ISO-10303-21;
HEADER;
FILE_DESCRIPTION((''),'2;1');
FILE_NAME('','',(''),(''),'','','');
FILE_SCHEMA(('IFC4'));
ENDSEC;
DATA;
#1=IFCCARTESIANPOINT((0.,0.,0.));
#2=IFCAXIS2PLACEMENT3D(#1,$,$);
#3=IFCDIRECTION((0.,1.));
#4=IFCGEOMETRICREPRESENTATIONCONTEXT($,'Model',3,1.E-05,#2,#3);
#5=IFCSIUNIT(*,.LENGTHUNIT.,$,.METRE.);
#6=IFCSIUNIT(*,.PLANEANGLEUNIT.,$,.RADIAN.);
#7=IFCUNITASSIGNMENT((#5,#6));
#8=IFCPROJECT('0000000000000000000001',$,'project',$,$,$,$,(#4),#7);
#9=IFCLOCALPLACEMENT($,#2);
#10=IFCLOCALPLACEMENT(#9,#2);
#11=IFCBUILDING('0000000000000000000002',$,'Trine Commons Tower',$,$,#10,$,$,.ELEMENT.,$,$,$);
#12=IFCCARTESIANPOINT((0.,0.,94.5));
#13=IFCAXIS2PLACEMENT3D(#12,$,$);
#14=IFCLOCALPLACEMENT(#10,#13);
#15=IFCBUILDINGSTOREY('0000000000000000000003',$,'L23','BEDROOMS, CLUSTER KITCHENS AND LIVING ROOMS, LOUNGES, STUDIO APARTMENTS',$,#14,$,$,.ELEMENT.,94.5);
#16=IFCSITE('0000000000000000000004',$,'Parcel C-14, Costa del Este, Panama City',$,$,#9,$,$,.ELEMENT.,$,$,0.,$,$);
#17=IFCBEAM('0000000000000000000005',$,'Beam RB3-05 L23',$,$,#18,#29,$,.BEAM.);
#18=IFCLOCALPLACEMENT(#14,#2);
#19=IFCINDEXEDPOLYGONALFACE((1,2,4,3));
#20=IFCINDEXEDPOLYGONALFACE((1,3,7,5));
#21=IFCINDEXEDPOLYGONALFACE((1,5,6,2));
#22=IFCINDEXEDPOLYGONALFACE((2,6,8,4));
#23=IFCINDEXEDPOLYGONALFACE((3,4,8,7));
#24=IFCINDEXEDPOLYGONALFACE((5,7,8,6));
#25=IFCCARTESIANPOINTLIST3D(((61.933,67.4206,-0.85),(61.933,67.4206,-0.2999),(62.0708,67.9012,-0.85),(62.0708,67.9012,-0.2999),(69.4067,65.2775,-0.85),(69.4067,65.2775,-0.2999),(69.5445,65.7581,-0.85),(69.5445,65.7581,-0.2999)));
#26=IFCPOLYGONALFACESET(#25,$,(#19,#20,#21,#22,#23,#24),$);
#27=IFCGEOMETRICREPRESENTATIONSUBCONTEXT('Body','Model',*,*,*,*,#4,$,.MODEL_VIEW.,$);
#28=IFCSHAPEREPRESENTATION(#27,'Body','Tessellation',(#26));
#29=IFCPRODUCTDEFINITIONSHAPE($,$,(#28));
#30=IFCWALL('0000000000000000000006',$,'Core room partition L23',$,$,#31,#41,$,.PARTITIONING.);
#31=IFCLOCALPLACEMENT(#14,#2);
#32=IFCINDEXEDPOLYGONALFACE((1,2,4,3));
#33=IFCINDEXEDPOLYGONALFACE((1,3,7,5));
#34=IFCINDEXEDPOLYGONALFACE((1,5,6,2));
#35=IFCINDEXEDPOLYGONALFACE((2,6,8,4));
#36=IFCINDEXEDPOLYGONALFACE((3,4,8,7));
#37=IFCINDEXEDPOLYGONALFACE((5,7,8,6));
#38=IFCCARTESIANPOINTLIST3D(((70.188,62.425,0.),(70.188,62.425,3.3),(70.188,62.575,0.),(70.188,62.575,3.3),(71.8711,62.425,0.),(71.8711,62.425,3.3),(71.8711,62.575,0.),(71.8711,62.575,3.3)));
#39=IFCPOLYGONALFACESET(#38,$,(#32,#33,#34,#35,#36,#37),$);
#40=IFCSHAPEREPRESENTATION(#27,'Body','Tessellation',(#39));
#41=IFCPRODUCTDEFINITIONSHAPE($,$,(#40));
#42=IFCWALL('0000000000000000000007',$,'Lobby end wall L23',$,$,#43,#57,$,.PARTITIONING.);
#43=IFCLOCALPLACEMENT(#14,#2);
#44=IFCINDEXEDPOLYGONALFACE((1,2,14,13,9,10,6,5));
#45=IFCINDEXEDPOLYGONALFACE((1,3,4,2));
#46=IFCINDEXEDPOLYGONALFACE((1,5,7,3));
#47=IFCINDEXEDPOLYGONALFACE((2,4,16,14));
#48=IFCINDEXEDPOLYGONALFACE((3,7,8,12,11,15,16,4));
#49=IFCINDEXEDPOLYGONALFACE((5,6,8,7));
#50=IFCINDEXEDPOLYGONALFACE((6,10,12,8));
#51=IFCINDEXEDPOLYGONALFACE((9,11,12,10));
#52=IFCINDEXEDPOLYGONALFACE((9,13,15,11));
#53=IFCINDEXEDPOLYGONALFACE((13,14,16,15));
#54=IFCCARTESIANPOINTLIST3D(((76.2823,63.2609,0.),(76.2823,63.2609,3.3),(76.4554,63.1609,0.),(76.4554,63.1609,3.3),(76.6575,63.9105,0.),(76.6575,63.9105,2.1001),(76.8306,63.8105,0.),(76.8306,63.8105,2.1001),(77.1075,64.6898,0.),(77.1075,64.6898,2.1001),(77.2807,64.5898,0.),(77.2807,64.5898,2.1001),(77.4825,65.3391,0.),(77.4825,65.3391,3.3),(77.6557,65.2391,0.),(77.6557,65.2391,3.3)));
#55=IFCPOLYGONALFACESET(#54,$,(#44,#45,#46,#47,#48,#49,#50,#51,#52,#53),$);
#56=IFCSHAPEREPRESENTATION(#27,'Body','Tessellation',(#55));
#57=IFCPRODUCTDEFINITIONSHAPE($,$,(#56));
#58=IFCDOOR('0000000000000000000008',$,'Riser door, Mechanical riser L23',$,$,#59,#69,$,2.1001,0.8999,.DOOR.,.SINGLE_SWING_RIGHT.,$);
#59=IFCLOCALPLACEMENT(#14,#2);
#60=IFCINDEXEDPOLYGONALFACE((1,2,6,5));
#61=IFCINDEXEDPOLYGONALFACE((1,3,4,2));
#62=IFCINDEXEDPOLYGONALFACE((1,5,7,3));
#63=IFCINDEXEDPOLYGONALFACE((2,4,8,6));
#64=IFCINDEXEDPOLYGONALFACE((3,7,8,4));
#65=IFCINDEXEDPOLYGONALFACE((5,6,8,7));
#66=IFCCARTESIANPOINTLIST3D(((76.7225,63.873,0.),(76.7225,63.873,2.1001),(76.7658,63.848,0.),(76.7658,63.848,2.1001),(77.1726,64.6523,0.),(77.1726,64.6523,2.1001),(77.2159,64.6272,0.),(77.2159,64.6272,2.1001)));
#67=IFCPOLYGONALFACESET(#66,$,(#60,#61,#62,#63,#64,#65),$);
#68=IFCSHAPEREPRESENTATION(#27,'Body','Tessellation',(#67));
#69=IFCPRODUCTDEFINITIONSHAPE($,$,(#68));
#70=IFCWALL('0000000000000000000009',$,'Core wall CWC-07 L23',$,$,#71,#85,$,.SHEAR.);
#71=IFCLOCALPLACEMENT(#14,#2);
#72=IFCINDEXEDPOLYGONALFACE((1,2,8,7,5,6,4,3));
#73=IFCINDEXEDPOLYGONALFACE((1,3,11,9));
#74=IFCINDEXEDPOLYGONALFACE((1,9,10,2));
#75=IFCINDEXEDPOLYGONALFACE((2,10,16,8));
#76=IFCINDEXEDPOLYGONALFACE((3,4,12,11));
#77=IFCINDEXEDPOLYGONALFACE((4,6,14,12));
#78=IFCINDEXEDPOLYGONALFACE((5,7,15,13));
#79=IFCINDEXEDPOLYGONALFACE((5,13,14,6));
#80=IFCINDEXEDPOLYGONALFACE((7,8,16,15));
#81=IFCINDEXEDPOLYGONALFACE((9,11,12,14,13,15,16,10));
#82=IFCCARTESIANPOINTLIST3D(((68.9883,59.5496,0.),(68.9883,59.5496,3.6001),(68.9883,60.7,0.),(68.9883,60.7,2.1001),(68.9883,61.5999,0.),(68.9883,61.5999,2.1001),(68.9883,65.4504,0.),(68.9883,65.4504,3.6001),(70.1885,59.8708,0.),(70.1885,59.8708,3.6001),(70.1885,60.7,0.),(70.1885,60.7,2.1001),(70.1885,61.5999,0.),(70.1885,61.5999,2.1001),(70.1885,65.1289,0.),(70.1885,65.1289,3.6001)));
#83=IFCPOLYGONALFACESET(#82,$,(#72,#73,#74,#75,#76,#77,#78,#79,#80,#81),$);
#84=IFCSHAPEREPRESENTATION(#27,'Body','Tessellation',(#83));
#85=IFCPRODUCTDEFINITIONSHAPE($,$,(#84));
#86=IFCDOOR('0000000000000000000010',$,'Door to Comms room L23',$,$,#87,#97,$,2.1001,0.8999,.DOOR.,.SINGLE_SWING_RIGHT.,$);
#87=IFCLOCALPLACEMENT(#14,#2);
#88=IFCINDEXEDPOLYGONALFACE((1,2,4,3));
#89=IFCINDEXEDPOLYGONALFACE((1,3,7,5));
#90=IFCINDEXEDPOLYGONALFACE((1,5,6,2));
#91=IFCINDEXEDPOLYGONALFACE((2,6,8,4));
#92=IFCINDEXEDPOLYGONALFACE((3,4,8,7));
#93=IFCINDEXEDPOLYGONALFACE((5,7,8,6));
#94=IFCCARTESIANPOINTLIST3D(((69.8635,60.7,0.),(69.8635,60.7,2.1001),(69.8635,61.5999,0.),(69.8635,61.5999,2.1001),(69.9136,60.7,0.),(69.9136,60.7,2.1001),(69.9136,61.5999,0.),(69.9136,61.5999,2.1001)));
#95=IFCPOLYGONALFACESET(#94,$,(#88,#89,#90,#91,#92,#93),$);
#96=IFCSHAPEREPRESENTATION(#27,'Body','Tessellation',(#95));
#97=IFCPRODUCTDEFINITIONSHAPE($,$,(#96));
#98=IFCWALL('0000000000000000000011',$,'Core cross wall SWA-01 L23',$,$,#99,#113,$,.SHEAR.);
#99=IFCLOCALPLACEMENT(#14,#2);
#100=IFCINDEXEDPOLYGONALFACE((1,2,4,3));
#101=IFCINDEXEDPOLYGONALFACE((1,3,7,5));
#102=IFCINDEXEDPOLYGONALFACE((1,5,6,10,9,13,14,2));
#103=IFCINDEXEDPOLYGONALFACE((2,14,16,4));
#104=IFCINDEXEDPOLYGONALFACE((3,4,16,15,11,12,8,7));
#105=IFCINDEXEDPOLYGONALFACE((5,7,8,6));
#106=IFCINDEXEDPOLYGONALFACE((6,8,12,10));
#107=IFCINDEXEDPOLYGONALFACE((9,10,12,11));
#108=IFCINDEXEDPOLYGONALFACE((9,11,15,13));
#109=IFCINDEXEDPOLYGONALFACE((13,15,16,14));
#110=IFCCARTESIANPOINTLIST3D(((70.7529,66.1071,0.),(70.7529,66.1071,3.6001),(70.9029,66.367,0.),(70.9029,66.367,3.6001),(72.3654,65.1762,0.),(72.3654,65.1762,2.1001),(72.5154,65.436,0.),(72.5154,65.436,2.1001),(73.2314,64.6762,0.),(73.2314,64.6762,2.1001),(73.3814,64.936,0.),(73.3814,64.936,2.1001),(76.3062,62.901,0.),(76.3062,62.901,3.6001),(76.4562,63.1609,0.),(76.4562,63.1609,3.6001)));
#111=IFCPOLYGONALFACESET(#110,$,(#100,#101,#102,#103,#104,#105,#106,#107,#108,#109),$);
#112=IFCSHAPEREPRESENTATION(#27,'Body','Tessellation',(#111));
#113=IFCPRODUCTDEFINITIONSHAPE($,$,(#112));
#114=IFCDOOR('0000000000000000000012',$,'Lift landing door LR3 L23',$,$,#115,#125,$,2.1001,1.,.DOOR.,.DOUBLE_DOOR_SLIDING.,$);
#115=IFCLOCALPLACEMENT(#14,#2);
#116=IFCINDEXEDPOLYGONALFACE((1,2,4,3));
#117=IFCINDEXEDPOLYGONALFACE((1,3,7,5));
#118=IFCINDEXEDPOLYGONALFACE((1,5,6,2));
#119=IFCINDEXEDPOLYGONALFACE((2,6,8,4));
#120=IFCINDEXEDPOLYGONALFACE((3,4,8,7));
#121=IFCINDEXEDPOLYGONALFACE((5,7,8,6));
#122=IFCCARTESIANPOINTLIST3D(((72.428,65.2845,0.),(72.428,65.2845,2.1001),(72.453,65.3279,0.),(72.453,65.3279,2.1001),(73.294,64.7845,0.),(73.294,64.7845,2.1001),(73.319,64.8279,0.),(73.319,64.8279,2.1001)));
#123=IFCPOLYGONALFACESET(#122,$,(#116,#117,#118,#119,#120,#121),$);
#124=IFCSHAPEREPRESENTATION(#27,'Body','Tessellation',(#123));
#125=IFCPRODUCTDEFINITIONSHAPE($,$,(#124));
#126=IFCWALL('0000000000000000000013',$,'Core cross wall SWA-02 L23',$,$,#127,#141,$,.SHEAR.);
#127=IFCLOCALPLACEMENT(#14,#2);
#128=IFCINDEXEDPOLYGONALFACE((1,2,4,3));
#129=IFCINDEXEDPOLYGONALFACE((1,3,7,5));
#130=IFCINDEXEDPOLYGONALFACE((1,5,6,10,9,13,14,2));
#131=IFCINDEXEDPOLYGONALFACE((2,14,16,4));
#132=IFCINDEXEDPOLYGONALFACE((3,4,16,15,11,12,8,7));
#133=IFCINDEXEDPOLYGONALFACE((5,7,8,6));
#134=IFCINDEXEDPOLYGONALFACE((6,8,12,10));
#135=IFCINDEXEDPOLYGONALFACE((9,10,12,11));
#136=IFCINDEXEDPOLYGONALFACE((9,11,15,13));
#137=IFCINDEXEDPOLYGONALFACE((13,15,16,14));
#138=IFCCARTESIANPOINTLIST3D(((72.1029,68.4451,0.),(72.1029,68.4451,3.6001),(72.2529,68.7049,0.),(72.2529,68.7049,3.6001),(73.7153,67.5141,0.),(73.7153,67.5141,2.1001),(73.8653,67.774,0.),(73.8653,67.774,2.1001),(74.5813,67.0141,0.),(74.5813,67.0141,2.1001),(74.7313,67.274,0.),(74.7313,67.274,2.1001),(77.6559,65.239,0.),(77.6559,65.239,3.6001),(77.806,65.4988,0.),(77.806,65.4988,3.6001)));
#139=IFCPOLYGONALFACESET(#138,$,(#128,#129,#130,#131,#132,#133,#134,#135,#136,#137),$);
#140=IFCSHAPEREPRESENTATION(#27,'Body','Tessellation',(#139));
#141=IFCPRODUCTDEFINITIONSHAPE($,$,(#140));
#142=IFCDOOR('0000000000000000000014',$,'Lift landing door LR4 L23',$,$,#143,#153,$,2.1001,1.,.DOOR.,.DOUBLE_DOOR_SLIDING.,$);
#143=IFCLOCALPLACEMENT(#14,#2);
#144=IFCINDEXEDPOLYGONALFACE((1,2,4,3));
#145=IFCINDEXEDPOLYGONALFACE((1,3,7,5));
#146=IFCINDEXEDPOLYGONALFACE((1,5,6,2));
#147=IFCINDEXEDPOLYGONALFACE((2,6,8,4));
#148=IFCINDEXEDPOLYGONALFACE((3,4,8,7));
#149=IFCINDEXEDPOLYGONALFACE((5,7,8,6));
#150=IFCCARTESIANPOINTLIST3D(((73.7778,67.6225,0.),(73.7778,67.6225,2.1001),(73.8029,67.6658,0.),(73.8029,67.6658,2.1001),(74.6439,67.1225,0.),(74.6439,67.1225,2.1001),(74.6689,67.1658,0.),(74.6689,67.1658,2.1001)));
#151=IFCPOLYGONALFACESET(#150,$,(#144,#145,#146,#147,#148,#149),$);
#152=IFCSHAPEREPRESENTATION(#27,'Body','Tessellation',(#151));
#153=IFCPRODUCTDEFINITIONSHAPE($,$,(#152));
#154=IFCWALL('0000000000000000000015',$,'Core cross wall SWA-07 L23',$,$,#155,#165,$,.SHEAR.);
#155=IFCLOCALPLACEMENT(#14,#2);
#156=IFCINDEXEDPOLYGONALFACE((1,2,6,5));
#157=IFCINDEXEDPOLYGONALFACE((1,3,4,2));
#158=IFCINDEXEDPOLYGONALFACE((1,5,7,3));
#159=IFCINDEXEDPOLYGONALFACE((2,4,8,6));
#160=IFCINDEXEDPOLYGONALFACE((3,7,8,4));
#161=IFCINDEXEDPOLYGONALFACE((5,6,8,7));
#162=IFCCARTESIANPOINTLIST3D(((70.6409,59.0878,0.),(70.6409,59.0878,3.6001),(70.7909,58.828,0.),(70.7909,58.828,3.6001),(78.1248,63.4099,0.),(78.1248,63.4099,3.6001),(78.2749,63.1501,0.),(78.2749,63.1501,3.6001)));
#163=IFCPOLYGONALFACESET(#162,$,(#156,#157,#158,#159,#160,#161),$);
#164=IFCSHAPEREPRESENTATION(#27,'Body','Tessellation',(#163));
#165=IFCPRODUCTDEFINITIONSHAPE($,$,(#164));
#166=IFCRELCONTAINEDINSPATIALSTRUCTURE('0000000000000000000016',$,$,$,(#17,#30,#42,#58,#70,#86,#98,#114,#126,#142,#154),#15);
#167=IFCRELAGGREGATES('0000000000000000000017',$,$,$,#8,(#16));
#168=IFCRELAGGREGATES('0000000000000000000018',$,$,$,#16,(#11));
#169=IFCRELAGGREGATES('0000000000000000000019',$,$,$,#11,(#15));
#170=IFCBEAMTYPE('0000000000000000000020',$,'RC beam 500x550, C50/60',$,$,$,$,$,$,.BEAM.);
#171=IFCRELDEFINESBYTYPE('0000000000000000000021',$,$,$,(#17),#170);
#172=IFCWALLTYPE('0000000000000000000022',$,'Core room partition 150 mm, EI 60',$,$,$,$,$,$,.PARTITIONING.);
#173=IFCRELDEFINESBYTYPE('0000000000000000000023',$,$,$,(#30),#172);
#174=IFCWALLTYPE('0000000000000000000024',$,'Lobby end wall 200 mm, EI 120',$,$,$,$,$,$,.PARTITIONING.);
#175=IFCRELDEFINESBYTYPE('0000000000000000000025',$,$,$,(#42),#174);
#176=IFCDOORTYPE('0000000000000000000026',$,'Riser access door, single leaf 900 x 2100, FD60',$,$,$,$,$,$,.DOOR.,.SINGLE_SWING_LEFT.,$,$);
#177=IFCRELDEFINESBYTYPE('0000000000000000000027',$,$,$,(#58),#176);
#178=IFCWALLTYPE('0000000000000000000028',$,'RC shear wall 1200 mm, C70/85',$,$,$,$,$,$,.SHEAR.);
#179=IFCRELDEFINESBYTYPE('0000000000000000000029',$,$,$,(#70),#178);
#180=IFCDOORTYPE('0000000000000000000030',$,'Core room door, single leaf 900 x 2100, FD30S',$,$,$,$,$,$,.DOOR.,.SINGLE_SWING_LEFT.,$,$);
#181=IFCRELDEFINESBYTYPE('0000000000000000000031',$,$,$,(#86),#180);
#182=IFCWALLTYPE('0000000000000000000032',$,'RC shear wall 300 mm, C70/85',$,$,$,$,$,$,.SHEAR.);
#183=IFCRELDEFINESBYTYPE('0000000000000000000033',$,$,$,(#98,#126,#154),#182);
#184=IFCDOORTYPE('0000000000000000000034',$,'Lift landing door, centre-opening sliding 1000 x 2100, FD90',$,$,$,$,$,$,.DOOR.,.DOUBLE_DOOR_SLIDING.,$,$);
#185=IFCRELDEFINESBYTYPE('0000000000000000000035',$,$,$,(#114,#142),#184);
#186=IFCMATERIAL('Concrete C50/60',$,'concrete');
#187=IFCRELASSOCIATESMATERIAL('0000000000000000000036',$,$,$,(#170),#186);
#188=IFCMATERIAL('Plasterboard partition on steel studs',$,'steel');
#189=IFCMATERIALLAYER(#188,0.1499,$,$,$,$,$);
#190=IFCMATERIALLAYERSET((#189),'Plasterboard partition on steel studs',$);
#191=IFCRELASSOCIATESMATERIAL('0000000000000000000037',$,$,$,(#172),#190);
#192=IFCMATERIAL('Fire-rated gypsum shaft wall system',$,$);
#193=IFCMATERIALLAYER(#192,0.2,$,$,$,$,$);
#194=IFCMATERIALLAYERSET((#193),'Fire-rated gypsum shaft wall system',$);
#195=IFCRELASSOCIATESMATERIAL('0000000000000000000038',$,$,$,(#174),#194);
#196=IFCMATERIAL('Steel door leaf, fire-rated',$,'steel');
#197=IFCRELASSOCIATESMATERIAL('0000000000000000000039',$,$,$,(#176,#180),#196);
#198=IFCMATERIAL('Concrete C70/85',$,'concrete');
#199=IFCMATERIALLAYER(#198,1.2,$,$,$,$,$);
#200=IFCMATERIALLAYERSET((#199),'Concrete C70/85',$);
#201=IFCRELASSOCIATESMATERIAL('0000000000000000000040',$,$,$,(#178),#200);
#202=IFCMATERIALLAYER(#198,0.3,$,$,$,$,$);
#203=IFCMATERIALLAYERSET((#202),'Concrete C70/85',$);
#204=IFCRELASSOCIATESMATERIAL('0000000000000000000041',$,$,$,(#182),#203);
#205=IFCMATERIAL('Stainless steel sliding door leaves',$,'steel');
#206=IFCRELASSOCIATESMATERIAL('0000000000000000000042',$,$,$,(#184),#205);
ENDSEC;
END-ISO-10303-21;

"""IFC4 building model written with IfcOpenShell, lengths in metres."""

from ifc_helpers import new_model, si_unit, direction, frame, frame_2d, origin, origin_2d, place, context, subcontext, project, spatial, polyline, rectangle, outline, extrude, material, layer, layer_set, material_profile, profile_set, type_object, element, fill, save


model = new_model("IFC4")

# Units and contexts
model_context = context("Model", 3, precision=1e-05, world=origin(), true_north=direction((0.0, 1.0)))
body_context = subcontext(model_context, "Body", "Model", "MODEL_VIEW")
ifc_project = project(units=[si_unit("LENGTHUNIT", "METRE"), si_unit("PLANEANGLEUNIT", "RADIAN")], contexts=[model_context])

# Site, building, storey
site_placement = place(None, origin())
site = spatial("IfcSite", under=ifc_project, at=site_placement, Name="Parcel C-14, Costa del Este, Panama City", CompositionType="ELEMENT", RefElevation=0.0)
building_placement = place(site_placement, origin())
building = spatial("IfcBuilding", under=site, at=building_placement, Name="Trine Commons Tower", CompositionType="ELEMENT")
storey_placement = place(building_placement, frame((0.0, 0.0, 94.5)))
storey = spatial("IfcBuildingStorey", under=building, at=storey_placement, Name="L23", Description="BEDROOMS, CLUSTER KITCHENS AND LIVING ROOMS, LOUNGES, STUDIO APARTMENTS", CompositionType="ELEMENT", Elevation=94.5)

# Beam
ifc_material_1 = material(Name="Concrete C50/60", Category="concrete")
ifc_material_profile = material_profile(ifc_material_1, rectangle(XDim=0.5, YDim=0.55, at=origin_2d()), Name="RC 500x550")
ifc_profile_set = profile_set([ifc_material_profile], Name="Concrete C50/60")
beam_type = type_object("IfcBeamType", Name="RC beam 500x550, C50/60", PredefinedType="BEAM", material=ifc_profile_set)
beam_placement = place(storey_placement, frame((69.4756, 65.5178, -0.575), z_axis=(-0.96126, 0.275642, 0.0), x_axis=(-0.275642, -0.96126, 0.0)))
element("IfcBeam", 1, at=beam_placement, inside=storey, type_object=beam_type, Name="Beam RB3-05 L23", PredefinedType="BEAM", context=body_context, shape_type="SweptSolid", body=[
    extrude(rectangle(XDim=0.5, YDim=0.55, at=origin_2d()), origin(), (0.0, 0.0, 1.0), 7.7749),
])

# Wall
ifc_material_2 = material(Name="Plasterboard partition on steel studs", Category="steel")
ifc_layer_1 = layer(ifc_material_2, 0.1499)
ifc_layer_set_1 = layer_set([ifc_layer_1], Name="Plasterboard partition on steel studs")
wall_type_1 = type_object("IfcWallType", Name="Core room partition 150 mm, EI 60", PredefinedType="PARTITIONING", material=ifc_layer_set_1)
wall_1_placement = place(storey_placement, frame((70.188, 62.5, 0.0), z_axis=(0.0, 0.0, 1.0), x_axis=(1.0, 0.0, 0.0)))
element("IfcWall", 2, at=wall_1_placement, inside=storey, type_object=wall_type_1, Name="Core room partition L23", PredefinedType="PARTITIONING", context=body_context, shape_type="SweptSolid", body=[
    extrude(rectangle(XDim=1.6831, YDim=0.1499, at=frame_2d((0.8416, 0.0))), origin(), (0.0, 0.0, 1.0), 3.3),
])

# Walls, openings, doors
ifc_material_3 = material(Name="Fire-rated gypsum shaft wall system")
ifc_layer_2 = layer(ifc_material_3, 0.2)
ifc_layer_set_2 = layer_set([ifc_layer_2], Name="Fire-rated gypsum shaft wall system")
wall_type_2 = type_object("IfcWallType", Name="Lobby end wall 200 mm, EI 120", PredefinedType="PARTITIONING", material=ifc_layer_set_2)
wall_2_placement = place(storey_placement, frame((77.5691, 65.2891, 0.0), z_axis=(0.0, 0.0, 1.0), x_axis=(-0.500122, -0.865955, 0.0)))
wall_2 = element("IfcWall", 3, at=wall_2_placement, inside=storey, type_object=wall_type_2, Name="Lobby end wall L23", PredefinedType="PARTITIONING", context=body_context, shape_type="SweptSolid", body=[
    extrude(rectangle(XDim=2.3999, YDim=0.2, at=frame_2d((1.2, 0.0))), origin(), (0.0, 0.0, 1.0), 3.3),
])
opening_1_placement = place(wall_2_placement, frame((0.7498, 0.0, 0.0)))
opening_1 = element("IfcOpeningElement", 4, at=opening_1_placement, cuts=wall_2, PredefinedType="OPENING", context=body_context, shape_type="SweptSolid", body=[
    extrude(rectangle(XDim=0.8999, YDim=2.1001, at=frame_2d((0.45, 1.05))), frame((0.0, 0.1099, 0.0), z_axis=(0.0, -1.0, 0.0), x_axis=(1.0, 0.0, 0.0)), (0.0, 0.0, 1.0), 0.22),
])
ifc_material_4 = material(Name="Steel door leaf, fire-rated", Category="steel")
door_type_1 = type_object("IfcDoorType", Name="Riser access door, single leaf 900 x 2100, FD60", OperationType="SINGLE_SWING_LEFT", PredefinedType="DOOR", material=ifc_material_4)
door_1_placement = place(opening_1_placement, frame((0.8999, 0.0, 0.0), z_axis=(0.0, 0.0, 1.0), x_axis=(-1.0, 0.0, 0.0)))
door_1 = element("IfcDoor", 5, at=door_1_placement, inside=storey, type_object=door_type_1, Name="Riser door, Mechanical riser L23", OperationType="SINGLE_SWING_RIGHT", OverallHeight=2.1001, OverallWidth=0.8999, PredefinedType="DOOR", context=body_context, shape_type="SweptSolid", body=[
    extrude(rectangle(XDim=0.8999, YDim=2.1001, at=frame_2d((0.45, 1.05))), frame((0.0, 0.0249, 0.0), z_axis=(0.0, -1.0, 0.0), x_axis=(1.0, 0.0, 0.0)), (0.0, 0.0, 1.0), 0.05),
])
fill(opening_1, door_1)
ifc_material_5 = material(Name="Concrete C70/85", Category="concrete")
ifc_layer_3 = layer(ifc_material_5, 1.2)
ifc_layer_set_3 = layer_set([ifc_layer_3], Name="Concrete C70/85")
wall_type_3 = type_object("IfcWallType", Name="RC shear wall 1200 mm, C70/85", PredefinedType="SHEAR", material=ifc_layer_set_3)
wall_3_placement = place(storey_placement, frame((69.5884, 65.4504, 0.0), z_axis=(0.0, 0.0, 1.0), x_axis=(0.0, -1.0, 0.0)))
wall_3 = element("IfcWall", 6, at=wall_3_placement, inside=storey, type_object=wall_type_3, Name="Core wall CWC-07 L23", PredefinedType="SHEAR", context=body_context, shape_type="SweptSolid", body=[
    extrude(outline(polyline([(0.0, -0.6001), (5.9009, -0.6001), (5.5796, 0.6001), (0.3215, 0.6001), (0.0, -0.6001)])), origin(), (0.0, 0.0, 1.0), 3.6001),
])
opening_2_placement = place(wall_3_placement, frame((3.8506, 0.0, 0.0)))
opening_2 = element("IfcOpeningElement", 7, at=opening_2_placement, cuts=wall_3, PredefinedType="OPENING", context=body_context, shape_type="SweptSolid", body=[
    extrude(rectangle(XDim=0.8999, YDim=2.1001, at=frame_2d((0.45, 1.05))), frame((0.0, 0.6099, 0.0), z_axis=(0.0, -1.0, 0.0), x_axis=(1.0, 0.0, 0.0)), (0.0, 0.0, 1.0), 1.22),
])
door_type_2 = type_object("IfcDoorType", Name="Core room door, single leaf 900 x 2100, FD30S", OperationType="SINGLE_SWING_LEFT", PredefinedType="DOOR", material=ifc_material_4)
door_2_placement = place(opening_2_placement, origin())
door_2 = element("IfcDoor", 8, at=door_2_placement, inside=storey, type_object=door_type_2, Name="Door to Comms room L23", OperationType="SINGLE_SWING_RIGHT", OverallHeight=2.1001, OverallWidth=0.8999, PredefinedType="DOOR", context=body_context, shape_type="SweptSolid", body=[
    extrude(rectangle(XDim=0.8999, YDim=2.1001, at=frame_2d((0.45, 1.05))), frame((0.0, 0.3252, 0.0), z_axis=(0.0, -1.0, 0.0), x_axis=(1.0, 0.0, 0.0)), (0.0, 0.0, 1.0), 0.05),
])
fill(opening_2, door_2)
ifc_layer_4 = layer(ifc_material_5, 0.3)
ifc_layer_set_4 = layer_set([ifc_layer_4], Name="Concrete C70/85")
wall_type_4 = type_object("IfcWallType", Name="RC shear wall 300 mm, C70/85", PredefinedType="SHEAR", material=ifc_layer_set_4)
wall_4_placement = place(storey_placement, frame((76.3811, 63.031, 0.0), z_axis=(0.0, 0.0, 1.0), x_axis=(-0.866032, 0.499988, 0.0)))
wall_4 = element("IfcWall", 9, at=wall_4_placement, inside=storey, type_object=wall_type_4, Name="Core cross wall SWA-01 L23", PredefinedType="SHEAR", context=body_context, shape_type="SweptSolid", body=[
    extrude(rectangle(XDim=6.4124, YDim=0.3, at=frame_2d((3.2061, 0.0))), origin(), (0.0, 0.0, 1.0), 3.6001),
])
opening_3_placement = place(wall_4_placement, frame((3.5503, 0.0, 0.0)))
opening_3 = element("IfcOpeningElement", 10, at=opening_3_placement, cuts=wall_4, PredefinedType="OPENING", context=body_context, shape_type="SweptSolid", body=[
    extrude(rectangle(XDim=1.0, YDim=2.1001, at=frame_2d((0.5, 1.05))), frame((0.0, 0.1599, 0.0), z_axis=(0.0, -1.0, 0.0), x_axis=(1.0, 0.0, 0.0)), (0.0, 0.0, 1.0), 0.3201),
])
ifc_material_6 = material(Name="Stainless steel sliding door leaves", Category="steel")
door_type_3 = type_object("IfcDoorType", Name="Lift landing door, centre-opening sliding 1000 x 2100, FD90", OperationType="DOUBLE_DOOR_SLIDING", PredefinedType="DOOR", material=ifc_material_6)
door_3_placement = place(opening_3_placement, origin())
door_3 = element("IfcDoor", 11, at=door_3_placement, inside=storey, type_object=door_type_3, Name="Lift landing door LR3 L23", OperationType="DOUBLE_DOOR_SLIDING", OverallHeight=2.1001, OverallWidth=1.0, PredefinedType="DOOR", context=body_context, shape_type="SweptSolid", body=[
    extrude(rectangle(XDim=1.0, YDim=2.1001, at=frame_2d((0.5, 1.05))), frame((0.0, 0.0249, 0.0), z_axis=(0.0, -1.0, 0.0), x_axis=(1.0, 0.0, 0.0)), (0.0, 0.0, 1.0), 0.05),
])
fill(opening_3, door_3)
wall_5_placement = place(storey_placement, frame((77.731, 65.3689, 0.0), z_axis=(0.0, 0.0, 1.0), x_axis=(-0.866023, 0.500005, 0.0)))
wall_5 = element("IfcWall", 12, at=wall_5_placement, inside=storey, type_object=wall_type_4, Name="Core cross wall SWA-02 L23", PredefinedType="SHEAR", context=body_context, shape_type="SweptSolid", body=[
    extrude(rectangle(XDim=6.4121, YDim=0.3, at=frame_2d((3.2061, 0.0))), origin(), (0.0, 0.0, 1.0), 3.6001),
])
opening_4_placement = place(wall_5_placement, frame((3.5503, 0.0, 0.0)))
opening_4 = element("IfcOpeningElement", 13, at=opening_4_placement, cuts=wall_5, PredefinedType="OPENING", context=body_context, shape_type="SweptSolid", body=[
    extrude(rectangle(XDim=1.0, YDim=2.1001, at=frame_2d((0.5, 1.05))), frame((0.0, 0.1599, 0.0), z_axis=(0.0, -1.0, 0.0), x_axis=(1.0, 0.0, 0.0)), (0.0, 0.0, 1.0), 0.3201),
])
door_4_placement = place(opening_4_placement, origin())
door_4 = element("IfcDoor", 14, at=door_4_placement, inside=storey, type_object=door_type_3, Name="Lift landing door LR4 L23", OperationType="DOUBLE_DOOR_SLIDING", OverallHeight=2.1001, OverallWidth=1.0, PredefinedType="DOOR", context=body_context, shape_type="SweptSolid", body=[
    extrude(rectangle(XDim=1.0, YDim=2.1001, at=frame_2d((0.5, 1.05))), frame((0.0, 0.0249, 0.0), z_axis=(0.0, -1.0, 0.0), x_axis=(1.0, 0.0, 0.0)), (0.0, 0.0, 1.0), 0.05),
])
fill(opening_4, door_4)

# Wall
wall_6_placement = place(storey_placement, frame((78.2, 63.28, 0.0), z_axis=(0.0, 0.0, 1.0), x_axis=(-0.865965, -0.500104, 0.0)))
element("IfcWall", 15, at=wall_6_placement, inside=storey, type_object=wall_type_4, Name="Core cross wall SWA-07 L23", PredefinedType="SHEAR", context=body_context, shape_type="SweptSolid", body=[
    extrude(rectangle(XDim=8.6423, YDim=0.3, at=frame_2d((4.3213, 0.0))), origin(), (0.0, 0.0, 1.0), 3.6001),
])

save(model, "model.ifc")
